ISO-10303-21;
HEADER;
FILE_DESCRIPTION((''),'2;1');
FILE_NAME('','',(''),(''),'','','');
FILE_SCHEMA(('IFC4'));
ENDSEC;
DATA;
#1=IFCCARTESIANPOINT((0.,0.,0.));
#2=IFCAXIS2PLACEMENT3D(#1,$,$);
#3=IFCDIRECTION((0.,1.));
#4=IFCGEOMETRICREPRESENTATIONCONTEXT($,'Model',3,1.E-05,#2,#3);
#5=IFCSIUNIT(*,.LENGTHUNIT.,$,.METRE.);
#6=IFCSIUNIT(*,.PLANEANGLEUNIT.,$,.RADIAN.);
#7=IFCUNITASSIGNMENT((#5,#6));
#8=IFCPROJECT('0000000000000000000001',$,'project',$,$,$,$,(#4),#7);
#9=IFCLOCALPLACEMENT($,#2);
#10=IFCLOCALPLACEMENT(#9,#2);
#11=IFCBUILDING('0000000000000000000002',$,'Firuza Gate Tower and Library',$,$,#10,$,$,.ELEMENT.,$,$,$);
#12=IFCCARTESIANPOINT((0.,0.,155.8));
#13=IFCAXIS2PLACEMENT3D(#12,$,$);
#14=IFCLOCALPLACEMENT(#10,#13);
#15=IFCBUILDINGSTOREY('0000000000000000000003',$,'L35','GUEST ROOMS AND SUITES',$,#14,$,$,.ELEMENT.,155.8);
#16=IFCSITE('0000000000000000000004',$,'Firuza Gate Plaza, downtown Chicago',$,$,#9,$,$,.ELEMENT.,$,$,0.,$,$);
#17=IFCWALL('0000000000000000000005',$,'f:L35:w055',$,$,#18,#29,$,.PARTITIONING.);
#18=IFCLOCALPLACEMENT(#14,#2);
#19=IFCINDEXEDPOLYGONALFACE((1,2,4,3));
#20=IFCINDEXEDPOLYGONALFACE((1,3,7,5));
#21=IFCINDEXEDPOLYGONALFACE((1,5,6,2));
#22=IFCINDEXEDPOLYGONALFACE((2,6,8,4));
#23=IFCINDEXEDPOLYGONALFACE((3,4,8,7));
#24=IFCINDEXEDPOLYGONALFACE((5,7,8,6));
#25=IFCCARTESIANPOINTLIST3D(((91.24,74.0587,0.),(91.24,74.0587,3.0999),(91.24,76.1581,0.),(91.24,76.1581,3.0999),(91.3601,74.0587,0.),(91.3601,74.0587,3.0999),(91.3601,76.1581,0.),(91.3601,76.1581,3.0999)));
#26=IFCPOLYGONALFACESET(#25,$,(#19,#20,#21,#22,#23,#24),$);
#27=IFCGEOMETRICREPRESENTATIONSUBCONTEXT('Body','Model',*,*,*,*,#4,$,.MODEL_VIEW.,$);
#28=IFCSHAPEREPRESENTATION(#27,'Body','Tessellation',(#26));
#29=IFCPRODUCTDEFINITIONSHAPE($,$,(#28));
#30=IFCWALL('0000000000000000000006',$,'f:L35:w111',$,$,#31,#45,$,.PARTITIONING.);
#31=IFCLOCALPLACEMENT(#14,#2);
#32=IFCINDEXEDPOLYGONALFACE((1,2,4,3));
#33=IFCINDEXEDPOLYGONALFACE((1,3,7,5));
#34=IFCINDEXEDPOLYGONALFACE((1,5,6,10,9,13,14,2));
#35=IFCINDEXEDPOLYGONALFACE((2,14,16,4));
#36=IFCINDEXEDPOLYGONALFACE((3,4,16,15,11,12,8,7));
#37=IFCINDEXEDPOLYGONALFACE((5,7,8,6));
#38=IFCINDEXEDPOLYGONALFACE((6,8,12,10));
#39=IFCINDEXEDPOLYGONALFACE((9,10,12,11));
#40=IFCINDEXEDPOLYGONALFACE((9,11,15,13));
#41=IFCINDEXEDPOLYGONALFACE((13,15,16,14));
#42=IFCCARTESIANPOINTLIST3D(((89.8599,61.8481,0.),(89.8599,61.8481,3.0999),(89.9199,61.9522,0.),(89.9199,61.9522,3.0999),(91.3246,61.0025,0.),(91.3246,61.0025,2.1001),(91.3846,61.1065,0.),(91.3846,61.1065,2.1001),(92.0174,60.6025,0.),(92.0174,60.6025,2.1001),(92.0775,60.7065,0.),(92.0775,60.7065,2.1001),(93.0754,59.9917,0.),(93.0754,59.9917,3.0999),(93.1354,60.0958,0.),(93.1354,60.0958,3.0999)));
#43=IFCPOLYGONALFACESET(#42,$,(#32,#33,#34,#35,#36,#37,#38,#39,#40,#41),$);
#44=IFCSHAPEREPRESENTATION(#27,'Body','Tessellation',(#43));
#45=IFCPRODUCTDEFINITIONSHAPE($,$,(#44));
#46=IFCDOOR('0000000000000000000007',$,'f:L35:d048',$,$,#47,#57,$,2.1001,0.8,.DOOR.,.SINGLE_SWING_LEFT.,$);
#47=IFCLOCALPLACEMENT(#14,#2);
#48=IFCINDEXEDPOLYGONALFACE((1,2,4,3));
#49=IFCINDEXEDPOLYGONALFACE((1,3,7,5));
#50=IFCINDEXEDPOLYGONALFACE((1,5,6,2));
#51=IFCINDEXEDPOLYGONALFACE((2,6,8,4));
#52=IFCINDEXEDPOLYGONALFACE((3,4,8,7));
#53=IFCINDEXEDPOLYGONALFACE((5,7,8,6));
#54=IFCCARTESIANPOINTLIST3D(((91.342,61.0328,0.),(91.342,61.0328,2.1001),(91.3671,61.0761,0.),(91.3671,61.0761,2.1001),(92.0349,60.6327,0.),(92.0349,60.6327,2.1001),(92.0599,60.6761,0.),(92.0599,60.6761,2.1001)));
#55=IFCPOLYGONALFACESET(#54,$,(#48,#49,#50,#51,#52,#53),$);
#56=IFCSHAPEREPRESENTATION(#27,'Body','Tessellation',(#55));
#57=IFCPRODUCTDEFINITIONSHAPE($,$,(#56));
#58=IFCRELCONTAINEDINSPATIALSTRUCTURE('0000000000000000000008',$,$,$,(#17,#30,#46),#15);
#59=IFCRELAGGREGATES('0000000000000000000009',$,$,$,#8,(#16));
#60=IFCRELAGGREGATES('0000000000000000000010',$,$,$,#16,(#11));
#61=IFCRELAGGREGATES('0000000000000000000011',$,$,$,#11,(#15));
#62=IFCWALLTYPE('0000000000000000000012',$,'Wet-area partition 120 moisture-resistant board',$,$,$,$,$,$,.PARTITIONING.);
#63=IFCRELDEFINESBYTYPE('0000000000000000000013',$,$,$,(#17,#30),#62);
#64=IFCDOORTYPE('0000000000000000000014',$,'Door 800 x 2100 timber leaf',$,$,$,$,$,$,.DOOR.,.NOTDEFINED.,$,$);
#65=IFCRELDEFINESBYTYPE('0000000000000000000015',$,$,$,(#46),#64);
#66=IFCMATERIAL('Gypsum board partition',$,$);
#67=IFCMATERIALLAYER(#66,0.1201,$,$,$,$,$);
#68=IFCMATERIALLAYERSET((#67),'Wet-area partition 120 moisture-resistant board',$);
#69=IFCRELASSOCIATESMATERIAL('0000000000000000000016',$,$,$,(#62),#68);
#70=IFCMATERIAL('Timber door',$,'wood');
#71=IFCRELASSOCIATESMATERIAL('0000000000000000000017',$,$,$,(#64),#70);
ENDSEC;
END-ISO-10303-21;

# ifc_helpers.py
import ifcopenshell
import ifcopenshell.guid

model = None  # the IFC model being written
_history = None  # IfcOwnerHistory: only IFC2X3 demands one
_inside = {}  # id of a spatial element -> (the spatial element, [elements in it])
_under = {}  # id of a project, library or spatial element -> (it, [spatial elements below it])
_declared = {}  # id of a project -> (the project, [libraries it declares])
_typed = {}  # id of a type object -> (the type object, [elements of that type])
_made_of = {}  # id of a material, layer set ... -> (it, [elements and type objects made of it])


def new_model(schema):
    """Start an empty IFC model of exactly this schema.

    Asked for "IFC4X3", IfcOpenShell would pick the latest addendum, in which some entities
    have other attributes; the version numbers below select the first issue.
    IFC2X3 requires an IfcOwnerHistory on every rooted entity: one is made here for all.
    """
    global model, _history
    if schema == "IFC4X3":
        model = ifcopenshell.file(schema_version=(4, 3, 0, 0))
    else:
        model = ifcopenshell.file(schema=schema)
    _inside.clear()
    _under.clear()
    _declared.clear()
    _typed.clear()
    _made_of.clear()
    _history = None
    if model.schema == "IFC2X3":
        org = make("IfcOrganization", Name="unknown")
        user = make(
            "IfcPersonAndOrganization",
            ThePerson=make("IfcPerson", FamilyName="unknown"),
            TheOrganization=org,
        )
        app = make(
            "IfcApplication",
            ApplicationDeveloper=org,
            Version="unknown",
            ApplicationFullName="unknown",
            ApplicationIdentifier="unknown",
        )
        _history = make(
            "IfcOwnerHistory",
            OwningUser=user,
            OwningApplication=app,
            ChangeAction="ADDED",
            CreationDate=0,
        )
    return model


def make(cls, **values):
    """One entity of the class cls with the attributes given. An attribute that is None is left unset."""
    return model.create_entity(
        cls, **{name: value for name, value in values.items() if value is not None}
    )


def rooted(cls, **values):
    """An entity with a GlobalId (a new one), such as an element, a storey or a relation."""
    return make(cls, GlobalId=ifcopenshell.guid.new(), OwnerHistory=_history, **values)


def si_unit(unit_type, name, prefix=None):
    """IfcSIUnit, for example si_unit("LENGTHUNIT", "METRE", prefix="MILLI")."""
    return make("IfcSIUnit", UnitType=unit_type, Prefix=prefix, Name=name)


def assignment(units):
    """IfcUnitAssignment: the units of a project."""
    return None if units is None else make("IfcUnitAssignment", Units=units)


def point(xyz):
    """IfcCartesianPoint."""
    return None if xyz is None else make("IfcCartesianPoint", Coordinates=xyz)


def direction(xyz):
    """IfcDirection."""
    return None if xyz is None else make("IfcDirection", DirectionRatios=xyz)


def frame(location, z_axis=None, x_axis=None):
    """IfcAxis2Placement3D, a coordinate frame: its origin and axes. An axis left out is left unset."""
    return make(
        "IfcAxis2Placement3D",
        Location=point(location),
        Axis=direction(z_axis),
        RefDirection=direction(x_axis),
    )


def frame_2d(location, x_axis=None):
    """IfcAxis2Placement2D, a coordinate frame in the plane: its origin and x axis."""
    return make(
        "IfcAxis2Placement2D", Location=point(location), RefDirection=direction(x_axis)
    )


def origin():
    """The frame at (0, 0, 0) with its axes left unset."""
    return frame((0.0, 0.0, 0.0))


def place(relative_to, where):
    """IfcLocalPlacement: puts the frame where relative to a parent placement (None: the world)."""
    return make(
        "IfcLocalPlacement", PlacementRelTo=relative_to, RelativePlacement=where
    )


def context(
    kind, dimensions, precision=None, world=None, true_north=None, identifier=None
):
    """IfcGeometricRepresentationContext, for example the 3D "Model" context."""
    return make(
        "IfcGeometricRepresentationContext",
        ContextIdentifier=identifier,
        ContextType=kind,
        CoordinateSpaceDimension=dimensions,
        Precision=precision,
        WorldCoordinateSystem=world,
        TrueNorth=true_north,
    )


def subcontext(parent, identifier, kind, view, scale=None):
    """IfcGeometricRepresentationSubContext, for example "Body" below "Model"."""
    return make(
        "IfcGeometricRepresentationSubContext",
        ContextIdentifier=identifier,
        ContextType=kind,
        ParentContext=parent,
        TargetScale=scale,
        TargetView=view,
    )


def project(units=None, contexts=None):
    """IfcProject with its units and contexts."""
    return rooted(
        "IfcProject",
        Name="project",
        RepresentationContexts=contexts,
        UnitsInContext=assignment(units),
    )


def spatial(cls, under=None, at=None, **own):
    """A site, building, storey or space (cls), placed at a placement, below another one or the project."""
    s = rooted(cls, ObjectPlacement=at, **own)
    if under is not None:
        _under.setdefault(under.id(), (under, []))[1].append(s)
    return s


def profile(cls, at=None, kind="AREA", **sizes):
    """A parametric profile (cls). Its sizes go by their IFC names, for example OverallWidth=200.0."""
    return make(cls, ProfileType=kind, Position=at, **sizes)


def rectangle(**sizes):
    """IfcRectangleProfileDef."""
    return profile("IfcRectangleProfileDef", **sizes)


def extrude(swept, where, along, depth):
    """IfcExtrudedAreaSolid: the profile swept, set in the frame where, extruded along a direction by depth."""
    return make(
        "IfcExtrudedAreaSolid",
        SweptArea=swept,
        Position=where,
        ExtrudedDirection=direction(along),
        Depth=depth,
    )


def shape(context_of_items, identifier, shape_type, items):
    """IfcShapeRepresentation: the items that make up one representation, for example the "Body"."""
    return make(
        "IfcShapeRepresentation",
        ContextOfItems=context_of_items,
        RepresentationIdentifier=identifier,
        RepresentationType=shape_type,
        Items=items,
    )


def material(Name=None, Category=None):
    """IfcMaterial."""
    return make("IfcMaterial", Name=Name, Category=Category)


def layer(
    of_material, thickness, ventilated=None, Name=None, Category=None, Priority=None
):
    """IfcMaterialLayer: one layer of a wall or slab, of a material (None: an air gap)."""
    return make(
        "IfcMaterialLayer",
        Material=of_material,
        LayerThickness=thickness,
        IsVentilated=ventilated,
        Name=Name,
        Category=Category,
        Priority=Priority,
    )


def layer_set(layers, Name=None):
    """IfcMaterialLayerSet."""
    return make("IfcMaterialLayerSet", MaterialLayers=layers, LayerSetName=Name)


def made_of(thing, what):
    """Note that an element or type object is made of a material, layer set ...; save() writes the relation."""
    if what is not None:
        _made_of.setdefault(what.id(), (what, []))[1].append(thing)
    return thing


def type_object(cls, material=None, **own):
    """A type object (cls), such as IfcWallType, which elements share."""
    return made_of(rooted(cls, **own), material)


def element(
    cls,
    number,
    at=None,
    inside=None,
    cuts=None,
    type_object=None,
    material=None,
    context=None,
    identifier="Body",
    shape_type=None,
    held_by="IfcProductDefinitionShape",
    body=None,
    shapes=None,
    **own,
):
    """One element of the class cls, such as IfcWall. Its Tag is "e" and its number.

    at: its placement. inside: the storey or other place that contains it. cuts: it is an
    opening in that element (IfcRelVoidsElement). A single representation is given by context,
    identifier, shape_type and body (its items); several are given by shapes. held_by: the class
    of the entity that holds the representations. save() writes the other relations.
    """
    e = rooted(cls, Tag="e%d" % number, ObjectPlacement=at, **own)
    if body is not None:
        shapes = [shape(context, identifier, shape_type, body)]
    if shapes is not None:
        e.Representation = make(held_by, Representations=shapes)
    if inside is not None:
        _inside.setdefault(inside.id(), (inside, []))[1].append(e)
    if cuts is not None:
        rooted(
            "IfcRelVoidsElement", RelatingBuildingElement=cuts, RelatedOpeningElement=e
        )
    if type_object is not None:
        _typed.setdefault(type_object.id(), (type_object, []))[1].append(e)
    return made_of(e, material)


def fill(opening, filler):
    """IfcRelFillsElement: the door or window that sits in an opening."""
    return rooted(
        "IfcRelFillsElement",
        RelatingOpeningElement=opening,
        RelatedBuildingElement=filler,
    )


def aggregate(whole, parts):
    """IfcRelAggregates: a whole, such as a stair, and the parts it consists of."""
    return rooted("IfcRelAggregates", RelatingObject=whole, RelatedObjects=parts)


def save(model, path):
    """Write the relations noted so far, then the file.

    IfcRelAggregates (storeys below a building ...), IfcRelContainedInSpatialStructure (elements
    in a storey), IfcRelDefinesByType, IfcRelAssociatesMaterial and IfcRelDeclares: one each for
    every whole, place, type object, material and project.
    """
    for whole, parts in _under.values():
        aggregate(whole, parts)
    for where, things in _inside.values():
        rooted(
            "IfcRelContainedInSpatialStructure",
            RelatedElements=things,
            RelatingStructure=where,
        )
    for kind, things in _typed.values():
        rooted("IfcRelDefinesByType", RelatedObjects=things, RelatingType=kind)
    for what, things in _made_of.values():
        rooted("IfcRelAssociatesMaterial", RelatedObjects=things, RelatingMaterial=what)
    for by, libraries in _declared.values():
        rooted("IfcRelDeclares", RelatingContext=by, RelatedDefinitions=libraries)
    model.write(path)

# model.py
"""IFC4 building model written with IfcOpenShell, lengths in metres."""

from ifc_helpers import new_model, si_unit, direction, frame, frame_2d, origin, place, context, subcontext, project, spatial, rectangle, extrude, material, layer, layer_set, type_object, element, fill, save


model = new_model("IFC4")

# Units and contexts
model_context = context("Model", 3, precision=1e-05, world=origin(), true_north=direction((0.0, 1.0)))
body_context = subcontext(model_context, "Body", "Model", "MODEL_VIEW")
ifc_project = project(units=[si_unit("LENGTHUNIT", "METRE"), si_unit("PLANEANGLEUNIT", "RADIAN")], contexts=[model_context])

# Site, building, storey
site_placement = place(None, origin())
site = spatial("IfcSite", under=ifc_project, at=site_placement, Name="Firuza Gate Plaza, downtown Chicago", CompositionType="ELEMENT", RefElevation=0.0)
building_placement = place(site_placement, origin())
building = spatial("IfcBuilding", under=site, at=building_placement, Name="Firuza Gate Tower and Library", CompositionType="ELEMENT")
storey_placement = place(building_placement, frame((0.0, 0.0, 155.8)))
storey = spatial("IfcBuildingStorey", under=building, at=storey_placement, Name="L35", Description="GUEST ROOMS AND SUITES", CompositionType="ELEMENT", Elevation=155.8)

# Shared definitions
ifc_material_1 = material(Name="Gypsum board partition")
ifc_layer_1 = layer(ifc_material_1, 0.1201)
ifc_layer_set_1 = layer_set([ifc_layer_1], Name="Wet-area partition 120 moisture-resistant board")
wall_type_1 = type_object("IfcWallType", Name="Wet-area partition 120 moisture-resistant board", PredefinedType="PARTITIONING", material=ifc_layer_set_1)
ifc_material_2 = material(Name="Timber door", Category="wood")
door_type_1 = type_object("IfcDoorType", Name="Door 800 x 2100 timber leaf", OperationType="NOTDEFINED", PredefinedType="DOOR", material=ifc_material_2)

# Wall
wall_1_placement = place(storey_placement, frame((91.3, 74.0586, 0.0), z_axis=(0.0, 0.0, 1.0), x_axis=(0.0, 1.0, 0.0)))
element("IfcWall", 1, at=wall_1_placement, inside=storey, type_object=wall_type_1, Name="f:L35:w055", PredefinedType="PARTITIONING", context=body_context, shape_type="SweptSolid", body=[
    extrude(rectangle(XDim=2.0994, YDim=0.1201, at=frame_2d((1.0498, 0.0))), origin(), (0.0, 0.0, 1.0), 3.0999),
])

# Wall, opening, door
wall_2_placement = place(storey_placement, frame((89.8899, 61.9001, 0.0), z_axis=(0.0, 0.0, 1.0), x_axis=(0.866033, -0.499986, 0.0)))
wall_2 = element("IfcWall", 2, at=wall_2_placement, inside=storey, type_object=wall_type_1, Name="f:L35:w111", PredefinedType="PARTITIONING", context=body_context, shape_type="SweptSolid", body=[
    extrude(rectangle(XDim=3.7129, YDim=0.1201, at=frame_2d((1.8564, 0.0))), origin(), (0.0, 0.0, 1.0), 3.0999),
])
opening_1_placement = place(wall_2_placement, frame((1.6914, 0.0, 0.0)))
opening_1 = element("IfcOpeningElement", 3, at=opening_1_placement, cuts=wall_2, PredefinedType="OPENING", context=body_context, shape_type="SweptSolid", body=[
    extrude(rectangle(XDim=0.8, YDim=2.1001, at=frame_2d((0.3999, 1.05))), frame((0.0, 0.0701, 0.0), z_axis=(0.0, -1.0, 0.0), x_axis=(1.0, 0.0, 0.0)), (0.0, 0.0, 1.0), 0.1401),
])
door_1_placement = place(opening_1_placement, origin())
door_1 = element("IfcDoor", 4, at=door_1_placement, inside=storey, type_object=door_type_1, Name="f:L35:d048", OperationType="SINGLE_SWING_LEFT", OverallHeight=2.1001, OverallWidth=0.8, PredefinedType="DOOR", context=body_context, shape_type="SweptSolid", body=[
    extrude(rectangle(XDim=0.8, YDim=2.1001, at=frame_2d((0.3999, 1.05))), frame((0.0, 0.0249, 0.0), z_axis=(0.0, -1.0, 0.0), x_axis=(1.0, 0.0, 0.0)), (0.0, 0.0, 1.0), 0.05),
])
fill(opening_1, door_1)

save(model, "model.ifc")
